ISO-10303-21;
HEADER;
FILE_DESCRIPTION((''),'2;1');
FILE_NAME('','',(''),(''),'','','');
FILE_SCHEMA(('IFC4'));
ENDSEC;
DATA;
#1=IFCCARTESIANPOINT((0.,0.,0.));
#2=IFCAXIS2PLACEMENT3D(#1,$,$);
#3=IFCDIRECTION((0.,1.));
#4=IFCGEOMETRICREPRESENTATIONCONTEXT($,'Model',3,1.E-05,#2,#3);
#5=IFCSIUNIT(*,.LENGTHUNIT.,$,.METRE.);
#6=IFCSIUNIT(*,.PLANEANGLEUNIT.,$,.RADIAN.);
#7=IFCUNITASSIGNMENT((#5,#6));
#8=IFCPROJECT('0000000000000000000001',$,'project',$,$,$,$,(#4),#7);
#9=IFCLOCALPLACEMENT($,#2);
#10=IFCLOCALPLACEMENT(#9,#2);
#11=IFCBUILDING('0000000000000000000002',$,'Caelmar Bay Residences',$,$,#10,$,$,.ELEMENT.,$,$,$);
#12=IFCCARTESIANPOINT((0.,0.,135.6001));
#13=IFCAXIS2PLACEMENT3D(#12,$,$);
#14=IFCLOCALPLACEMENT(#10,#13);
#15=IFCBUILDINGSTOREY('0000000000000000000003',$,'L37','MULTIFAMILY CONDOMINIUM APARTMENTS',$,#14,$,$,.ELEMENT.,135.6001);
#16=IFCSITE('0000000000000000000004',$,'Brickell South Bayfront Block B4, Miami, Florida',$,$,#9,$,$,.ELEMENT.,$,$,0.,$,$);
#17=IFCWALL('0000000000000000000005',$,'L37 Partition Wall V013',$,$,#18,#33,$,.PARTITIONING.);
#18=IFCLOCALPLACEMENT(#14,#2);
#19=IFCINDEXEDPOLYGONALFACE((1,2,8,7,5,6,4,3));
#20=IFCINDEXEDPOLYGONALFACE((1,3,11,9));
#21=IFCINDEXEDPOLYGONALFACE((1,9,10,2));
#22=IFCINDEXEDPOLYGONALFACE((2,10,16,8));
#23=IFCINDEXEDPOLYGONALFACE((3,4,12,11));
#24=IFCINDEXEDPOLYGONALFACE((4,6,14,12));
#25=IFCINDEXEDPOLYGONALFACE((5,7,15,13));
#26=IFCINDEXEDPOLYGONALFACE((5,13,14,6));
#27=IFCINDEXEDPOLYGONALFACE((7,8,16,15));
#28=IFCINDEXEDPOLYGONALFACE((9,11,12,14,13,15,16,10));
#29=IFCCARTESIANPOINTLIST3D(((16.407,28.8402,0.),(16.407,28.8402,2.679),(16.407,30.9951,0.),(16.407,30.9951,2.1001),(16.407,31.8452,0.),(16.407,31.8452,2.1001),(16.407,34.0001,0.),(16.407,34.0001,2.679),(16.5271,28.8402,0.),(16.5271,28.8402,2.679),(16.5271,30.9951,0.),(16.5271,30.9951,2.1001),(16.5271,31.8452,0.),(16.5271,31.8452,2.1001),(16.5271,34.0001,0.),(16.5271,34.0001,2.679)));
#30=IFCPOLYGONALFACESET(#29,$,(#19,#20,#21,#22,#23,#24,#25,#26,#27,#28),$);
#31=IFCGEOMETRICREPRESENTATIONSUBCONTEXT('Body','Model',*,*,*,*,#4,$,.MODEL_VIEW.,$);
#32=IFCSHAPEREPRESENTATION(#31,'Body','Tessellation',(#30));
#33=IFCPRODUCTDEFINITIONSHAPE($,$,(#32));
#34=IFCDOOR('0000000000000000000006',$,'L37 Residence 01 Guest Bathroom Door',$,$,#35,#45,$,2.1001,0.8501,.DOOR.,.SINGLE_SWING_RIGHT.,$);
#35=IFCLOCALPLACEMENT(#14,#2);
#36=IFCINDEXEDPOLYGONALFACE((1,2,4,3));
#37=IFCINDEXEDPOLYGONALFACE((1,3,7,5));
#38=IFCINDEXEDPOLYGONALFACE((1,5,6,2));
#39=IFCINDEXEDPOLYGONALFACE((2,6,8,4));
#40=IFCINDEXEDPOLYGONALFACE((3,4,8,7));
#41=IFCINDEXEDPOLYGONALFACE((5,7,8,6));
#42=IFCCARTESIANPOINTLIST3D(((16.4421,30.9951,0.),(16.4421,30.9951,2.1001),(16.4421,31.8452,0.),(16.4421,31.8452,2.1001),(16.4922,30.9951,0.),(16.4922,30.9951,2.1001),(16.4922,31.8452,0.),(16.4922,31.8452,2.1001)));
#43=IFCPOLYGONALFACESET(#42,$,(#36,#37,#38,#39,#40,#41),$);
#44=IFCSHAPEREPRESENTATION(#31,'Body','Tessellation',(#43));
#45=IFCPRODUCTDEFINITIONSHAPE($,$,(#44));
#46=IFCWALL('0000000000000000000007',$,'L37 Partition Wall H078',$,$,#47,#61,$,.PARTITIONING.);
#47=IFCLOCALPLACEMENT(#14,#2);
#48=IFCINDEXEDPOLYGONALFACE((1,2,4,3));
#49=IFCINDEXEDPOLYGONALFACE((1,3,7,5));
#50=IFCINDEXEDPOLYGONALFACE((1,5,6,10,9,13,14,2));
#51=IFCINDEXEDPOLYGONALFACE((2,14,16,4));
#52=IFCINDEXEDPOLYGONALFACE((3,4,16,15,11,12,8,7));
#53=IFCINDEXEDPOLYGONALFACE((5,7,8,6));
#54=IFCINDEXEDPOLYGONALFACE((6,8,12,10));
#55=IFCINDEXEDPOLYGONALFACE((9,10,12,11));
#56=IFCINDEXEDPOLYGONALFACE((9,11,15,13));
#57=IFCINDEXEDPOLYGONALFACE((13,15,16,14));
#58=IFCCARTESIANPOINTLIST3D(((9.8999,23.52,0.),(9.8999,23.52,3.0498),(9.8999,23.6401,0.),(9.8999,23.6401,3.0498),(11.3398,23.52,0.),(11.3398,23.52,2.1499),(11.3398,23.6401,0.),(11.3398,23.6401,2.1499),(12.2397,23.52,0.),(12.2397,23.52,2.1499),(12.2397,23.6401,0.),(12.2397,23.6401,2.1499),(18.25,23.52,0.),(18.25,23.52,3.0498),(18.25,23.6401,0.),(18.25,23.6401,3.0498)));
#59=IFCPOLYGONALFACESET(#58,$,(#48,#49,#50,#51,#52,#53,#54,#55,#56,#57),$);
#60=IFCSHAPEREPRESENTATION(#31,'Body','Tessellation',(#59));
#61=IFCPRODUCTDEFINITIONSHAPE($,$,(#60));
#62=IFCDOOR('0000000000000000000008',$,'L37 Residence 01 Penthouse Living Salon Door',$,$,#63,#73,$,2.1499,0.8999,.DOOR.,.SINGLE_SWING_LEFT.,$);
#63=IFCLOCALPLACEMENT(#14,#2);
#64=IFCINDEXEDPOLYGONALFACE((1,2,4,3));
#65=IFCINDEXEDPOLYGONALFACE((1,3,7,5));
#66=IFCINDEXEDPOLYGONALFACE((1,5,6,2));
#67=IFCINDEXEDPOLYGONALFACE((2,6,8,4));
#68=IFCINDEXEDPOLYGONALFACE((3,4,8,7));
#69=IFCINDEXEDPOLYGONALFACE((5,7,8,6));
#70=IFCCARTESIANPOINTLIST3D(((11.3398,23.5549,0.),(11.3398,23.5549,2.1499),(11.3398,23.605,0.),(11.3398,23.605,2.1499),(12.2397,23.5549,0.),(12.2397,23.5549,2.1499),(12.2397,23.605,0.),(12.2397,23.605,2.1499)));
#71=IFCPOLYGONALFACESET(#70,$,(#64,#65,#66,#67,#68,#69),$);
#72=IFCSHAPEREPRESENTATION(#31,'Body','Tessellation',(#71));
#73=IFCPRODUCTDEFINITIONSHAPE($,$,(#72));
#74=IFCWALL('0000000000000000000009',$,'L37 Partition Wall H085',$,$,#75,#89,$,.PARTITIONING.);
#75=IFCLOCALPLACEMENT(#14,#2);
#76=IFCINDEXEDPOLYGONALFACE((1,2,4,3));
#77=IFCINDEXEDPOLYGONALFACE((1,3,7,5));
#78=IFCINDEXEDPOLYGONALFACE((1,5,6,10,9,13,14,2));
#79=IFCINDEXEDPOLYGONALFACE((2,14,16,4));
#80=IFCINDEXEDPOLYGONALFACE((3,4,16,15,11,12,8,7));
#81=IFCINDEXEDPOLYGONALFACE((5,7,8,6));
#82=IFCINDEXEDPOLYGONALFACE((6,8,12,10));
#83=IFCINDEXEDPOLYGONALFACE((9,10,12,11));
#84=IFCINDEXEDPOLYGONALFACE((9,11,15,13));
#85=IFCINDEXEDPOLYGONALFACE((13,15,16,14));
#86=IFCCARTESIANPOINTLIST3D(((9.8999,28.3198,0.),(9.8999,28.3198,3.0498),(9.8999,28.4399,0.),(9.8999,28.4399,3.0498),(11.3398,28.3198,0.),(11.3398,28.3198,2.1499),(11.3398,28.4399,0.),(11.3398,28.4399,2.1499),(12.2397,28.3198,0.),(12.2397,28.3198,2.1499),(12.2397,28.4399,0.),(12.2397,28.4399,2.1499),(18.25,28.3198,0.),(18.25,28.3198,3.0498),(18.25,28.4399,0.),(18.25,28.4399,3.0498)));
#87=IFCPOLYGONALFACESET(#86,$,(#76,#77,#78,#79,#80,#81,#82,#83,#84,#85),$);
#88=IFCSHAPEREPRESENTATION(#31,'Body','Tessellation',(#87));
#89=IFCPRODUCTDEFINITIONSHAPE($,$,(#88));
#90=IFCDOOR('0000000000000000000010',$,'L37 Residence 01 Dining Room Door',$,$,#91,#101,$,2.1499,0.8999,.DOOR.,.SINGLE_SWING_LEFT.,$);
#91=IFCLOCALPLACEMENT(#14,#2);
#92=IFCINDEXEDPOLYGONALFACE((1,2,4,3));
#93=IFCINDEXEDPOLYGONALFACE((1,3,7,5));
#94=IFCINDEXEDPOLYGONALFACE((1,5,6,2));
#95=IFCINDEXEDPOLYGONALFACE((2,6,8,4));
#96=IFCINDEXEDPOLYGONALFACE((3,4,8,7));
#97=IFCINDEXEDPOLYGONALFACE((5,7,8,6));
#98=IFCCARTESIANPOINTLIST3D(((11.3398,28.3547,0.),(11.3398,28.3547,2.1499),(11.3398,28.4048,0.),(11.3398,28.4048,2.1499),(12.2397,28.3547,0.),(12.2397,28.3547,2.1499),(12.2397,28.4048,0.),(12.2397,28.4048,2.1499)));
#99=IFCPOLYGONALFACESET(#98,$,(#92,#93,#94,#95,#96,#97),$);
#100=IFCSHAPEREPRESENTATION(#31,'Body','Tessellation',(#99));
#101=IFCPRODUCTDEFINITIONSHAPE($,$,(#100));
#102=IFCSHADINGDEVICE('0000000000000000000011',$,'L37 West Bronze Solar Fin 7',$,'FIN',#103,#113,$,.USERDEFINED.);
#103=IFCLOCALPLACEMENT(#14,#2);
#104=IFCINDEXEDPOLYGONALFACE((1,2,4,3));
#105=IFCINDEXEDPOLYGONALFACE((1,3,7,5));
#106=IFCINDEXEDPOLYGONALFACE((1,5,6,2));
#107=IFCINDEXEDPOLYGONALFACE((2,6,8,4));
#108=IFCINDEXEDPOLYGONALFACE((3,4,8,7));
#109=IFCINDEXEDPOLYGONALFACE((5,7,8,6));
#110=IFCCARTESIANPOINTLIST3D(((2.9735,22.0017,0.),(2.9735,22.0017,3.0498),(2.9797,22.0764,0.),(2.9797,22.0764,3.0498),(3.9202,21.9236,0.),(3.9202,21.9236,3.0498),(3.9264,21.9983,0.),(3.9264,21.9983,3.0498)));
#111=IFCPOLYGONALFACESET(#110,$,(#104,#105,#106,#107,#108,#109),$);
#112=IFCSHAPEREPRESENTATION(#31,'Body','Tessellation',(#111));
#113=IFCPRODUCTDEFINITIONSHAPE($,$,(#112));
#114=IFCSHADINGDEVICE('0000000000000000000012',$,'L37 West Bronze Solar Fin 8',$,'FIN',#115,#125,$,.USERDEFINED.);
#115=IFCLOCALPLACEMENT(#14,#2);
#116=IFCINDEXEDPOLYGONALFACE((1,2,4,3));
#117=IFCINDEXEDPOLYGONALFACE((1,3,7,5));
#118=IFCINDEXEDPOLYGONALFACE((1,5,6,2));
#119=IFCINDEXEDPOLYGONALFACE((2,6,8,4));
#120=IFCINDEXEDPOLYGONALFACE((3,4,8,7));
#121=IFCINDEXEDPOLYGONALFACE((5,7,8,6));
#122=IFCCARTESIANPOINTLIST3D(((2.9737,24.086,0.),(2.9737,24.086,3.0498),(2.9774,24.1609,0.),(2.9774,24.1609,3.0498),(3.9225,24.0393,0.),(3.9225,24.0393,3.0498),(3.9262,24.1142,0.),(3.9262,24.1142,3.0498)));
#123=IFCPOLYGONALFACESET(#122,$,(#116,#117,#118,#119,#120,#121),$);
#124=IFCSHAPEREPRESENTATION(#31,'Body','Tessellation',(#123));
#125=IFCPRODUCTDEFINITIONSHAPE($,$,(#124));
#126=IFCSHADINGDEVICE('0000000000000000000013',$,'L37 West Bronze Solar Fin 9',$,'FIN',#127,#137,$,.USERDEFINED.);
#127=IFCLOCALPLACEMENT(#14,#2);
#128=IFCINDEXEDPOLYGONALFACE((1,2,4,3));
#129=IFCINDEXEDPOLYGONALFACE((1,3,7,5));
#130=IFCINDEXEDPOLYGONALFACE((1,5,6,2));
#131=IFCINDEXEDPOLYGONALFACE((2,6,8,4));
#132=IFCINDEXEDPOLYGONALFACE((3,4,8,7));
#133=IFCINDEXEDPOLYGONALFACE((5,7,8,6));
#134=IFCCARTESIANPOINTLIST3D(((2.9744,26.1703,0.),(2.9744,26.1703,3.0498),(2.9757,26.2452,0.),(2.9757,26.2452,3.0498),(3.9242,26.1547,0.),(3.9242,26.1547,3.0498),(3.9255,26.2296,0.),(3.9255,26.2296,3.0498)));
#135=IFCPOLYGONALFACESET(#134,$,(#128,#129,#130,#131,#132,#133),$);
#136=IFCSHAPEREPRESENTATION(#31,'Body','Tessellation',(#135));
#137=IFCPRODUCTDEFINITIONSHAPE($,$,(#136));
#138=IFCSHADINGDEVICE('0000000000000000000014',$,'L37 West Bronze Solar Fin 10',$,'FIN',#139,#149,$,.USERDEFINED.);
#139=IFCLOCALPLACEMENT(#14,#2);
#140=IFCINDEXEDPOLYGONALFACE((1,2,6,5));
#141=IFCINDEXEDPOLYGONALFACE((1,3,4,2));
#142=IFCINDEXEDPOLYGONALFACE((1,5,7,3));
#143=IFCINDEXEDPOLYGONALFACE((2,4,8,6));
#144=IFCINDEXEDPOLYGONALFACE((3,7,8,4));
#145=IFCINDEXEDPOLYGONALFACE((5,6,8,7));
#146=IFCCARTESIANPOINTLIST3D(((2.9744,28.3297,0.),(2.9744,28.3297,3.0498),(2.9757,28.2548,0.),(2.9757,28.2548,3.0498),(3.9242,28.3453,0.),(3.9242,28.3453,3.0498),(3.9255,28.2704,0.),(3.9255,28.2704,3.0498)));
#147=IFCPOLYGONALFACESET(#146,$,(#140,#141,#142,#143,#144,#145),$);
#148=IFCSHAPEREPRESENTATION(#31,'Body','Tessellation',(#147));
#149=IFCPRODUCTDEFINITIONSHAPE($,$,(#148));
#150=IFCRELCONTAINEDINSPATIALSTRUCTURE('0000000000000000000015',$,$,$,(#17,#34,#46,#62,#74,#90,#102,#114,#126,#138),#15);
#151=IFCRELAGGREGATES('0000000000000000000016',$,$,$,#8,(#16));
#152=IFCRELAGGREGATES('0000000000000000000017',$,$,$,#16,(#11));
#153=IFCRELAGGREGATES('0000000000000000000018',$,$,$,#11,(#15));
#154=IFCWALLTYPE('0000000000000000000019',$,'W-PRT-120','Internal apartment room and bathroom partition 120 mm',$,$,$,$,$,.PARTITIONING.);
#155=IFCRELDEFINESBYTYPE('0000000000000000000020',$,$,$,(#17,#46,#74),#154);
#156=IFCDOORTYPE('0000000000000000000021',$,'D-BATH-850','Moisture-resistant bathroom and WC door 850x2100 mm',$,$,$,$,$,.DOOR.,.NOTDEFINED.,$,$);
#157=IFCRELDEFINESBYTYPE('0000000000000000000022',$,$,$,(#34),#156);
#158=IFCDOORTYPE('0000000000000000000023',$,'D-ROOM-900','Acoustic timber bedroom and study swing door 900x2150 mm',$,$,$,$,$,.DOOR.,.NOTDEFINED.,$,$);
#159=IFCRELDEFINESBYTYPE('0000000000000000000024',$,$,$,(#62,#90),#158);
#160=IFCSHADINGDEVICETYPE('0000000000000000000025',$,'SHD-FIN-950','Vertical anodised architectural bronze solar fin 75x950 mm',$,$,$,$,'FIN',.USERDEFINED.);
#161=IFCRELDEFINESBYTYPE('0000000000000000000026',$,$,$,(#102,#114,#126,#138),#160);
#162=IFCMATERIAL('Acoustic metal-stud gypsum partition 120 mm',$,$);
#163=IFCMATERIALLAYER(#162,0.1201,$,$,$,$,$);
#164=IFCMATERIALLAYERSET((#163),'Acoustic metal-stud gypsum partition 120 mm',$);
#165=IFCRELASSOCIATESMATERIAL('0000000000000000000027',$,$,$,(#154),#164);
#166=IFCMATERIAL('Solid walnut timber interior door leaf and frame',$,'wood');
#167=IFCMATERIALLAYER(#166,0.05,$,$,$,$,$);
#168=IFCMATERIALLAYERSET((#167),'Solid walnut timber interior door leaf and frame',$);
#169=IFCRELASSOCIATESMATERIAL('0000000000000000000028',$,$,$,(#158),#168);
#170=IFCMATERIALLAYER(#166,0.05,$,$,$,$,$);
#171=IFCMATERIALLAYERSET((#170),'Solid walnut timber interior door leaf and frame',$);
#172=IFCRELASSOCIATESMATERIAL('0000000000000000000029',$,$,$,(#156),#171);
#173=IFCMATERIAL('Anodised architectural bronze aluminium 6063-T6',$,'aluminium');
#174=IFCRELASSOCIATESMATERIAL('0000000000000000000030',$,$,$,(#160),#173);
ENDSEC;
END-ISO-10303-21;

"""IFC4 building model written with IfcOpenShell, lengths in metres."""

from ifc_helpers import new_model, si_unit, direction, frame, frame_2d, origin, origin_2d, place, context, subcontext, project, spatial, rectangle, extrude, material, layer, layer_set, material_profile, profile_set, type_object, element, fill, save


model = new_model("IFC4")

# Units and contexts
model_context = context("Model", 3, precision=1e-05, world=origin(), true_north=direction((0.0, 1.0)))
body_context = subcontext(model_context, "Body", "Model", "MODEL_VIEW")
ifc_project = project(units=[si_unit("LENGTHUNIT", "METRE"), si_unit("PLANEANGLEUNIT", "RADIAN")], contexts=[model_context])

# Site, building, storey
site_placement = place(None, origin())
site = spatial("IfcSite", under=ifc_project, at=site_placement, Name="Brickell South Bayfront Block B4, Miami, Florida", CompositionType="ELEMENT", RefElevation=0.0)
building_placement = place(site_placement, origin())
building = spatial("IfcBuilding", under=site, at=building_placement, Name="Caelmar Bay Residences", CompositionType="ELEMENT")
storey_placement = place(building_placement, frame((0.0, 0.0, 135.6001)))
storey = spatial("IfcBuildingStorey", under=building, at=storey_placement, Name="L37", Description="MULTIFAMILY CONDOMINIUM APARTMENTS", CompositionType="ELEMENT", Elevation=135.6001)

# Shared definitions
ifc_material_1 = material(Name="Acoustic metal-stud gypsum partition 120 mm")
ifc_layer_1 = layer(ifc_material_1, 0.1201)
ifc_layer_set_1 = layer_set([ifc_layer_1], Name="Acoustic metal-stud gypsum partition 120 mm")
wall_type_1 = type_object("IfcWallType", Name="W-PRT-120", Description="Internal apartment room and bathroom partition 120 mm", PredefinedType="PARTITIONING", material=ifc_layer_set_1)

# Shared definitions
ifc_material_2 = material(Name="Solid walnut timber interior door leaf and frame", Category="wood")
ifc_layer_2 = layer(ifc_material_2, 0.05)
ifc_layer_set_2 = layer_set([ifc_layer_2], Name="Solid walnut timber interior door leaf and frame")
door_type_1 = type_object("IfcDoorType", Name="D-ROOM-900", Description="Acoustic timber bedroom and study swing door 900x2150 mm", OperationType="NOTDEFINED", PredefinedType="DOOR", material=ifc_layer_set_2)

# Walls, openings, doors
wall_1_placement = place(storey_placement, frame((16.467, 28.8401, 0.0), z_axis=(0.0, 0.0, 1.0), x_axis=(0.0, 1.0, 0.0)))
wall_1 = element("IfcWall", 1, at=wall_1_placement, inside=storey, type_object=wall_type_1, Name="L37 Partition Wall V013", PredefinedType="PARTITIONING", context=body_context, shape_type="SweptSolid", body=[
    extrude(rectangle(XDim=5.1599, YDim=0.1201, at=frame_2d((2.5801, 0.0))), origin(), (0.0, 0.0, 1.0), 2.679),
])
opening_1_placement = place(wall_1_placement, frame((2.155, 0.0, 0.0)))
opening_1 = element("IfcOpeningElement", 2, at=opening_1_placement, cuts=wall_1, PredefinedType="OPENING", context=body_context, shape_type="SweptSolid", body=[
    extrude(rectangle(XDim=0.8501, YDim=2.1001, at=frame_2d((0.425, 1.05))), frame((0.0, 0.0701, 0.0), z_axis=(0.0, -1.0, 0.0), x_axis=(1.0, 0.0, 0.0)), (0.0, 0.0, 1.0), 0.1401),
])
ifc_layer_3 = layer(ifc_material_2, 0.05)
ifc_layer_set_3 = layer_set([ifc_layer_3], Name="Solid walnut timber interior door leaf and frame")
door_type_2 = type_object("IfcDoorType", Name="D-BATH-850", Description="Moisture-resistant bathroom and WC door 850x2100 mm", OperationType="NOTDEFINED", PredefinedType="DOOR", material=ifc_layer_set_3)
door_1_placement = place(opening_1_placement, origin())
door_1 = element("IfcDoor", 3, at=door_1_placement, inside=storey, type_object=door_type_2, Name="L37 Residence 01 Guest Bathroom Door", OperationType="SINGLE_SWING_RIGHT", OverallHeight=2.1001, OverallWidth=0.8501, PredefinedType="DOOR", context=body_context, shape_type="SweptSolid", body=[
    extrude(rectangle(XDim=0.8501, YDim=2.1001, at=frame_2d((0.425, 1.05))), frame((0.0, 0.0249, 0.0), z_axis=(0.0, -1.0, 0.0), x_axis=(1.0, 0.0, 0.0)), (0.0, 0.0, 1.0), 0.05),
])
fill(opening_1, door_1)
wall_2_placement = place(storey_placement, frame((9.8999, 23.5801, 0.0), z_axis=(0.0, 0.0, 1.0), x_axis=(1.0, 0.0, 0.0)))
wall_2 = element("IfcWall", 4, at=wall_2_placement, inside=storey, type_object=wall_type_1, Name="L37 Partition Wall H078", PredefinedType="PARTITIONING", context=body_context, shape_type="SweptSolid", body=[
    extrude(rectangle(XDim=8.3501, YDim=0.1201, at=frame_2d((4.175, 0.0))), origin(), (0.0, 0.0, 1.0), 3.0498),
])
opening_2_placement = place(wall_2_placement, frame((1.4399, 0.0, 0.0)))
opening_2 = element("IfcOpeningElement", 5, at=opening_2_placement, cuts=wall_2, PredefinedType="OPENING", context=body_context, shape_type="SweptSolid", body=[
    extrude(rectangle(XDim=0.8999, YDim=2.1499, at=frame_2d((0.45, 1.075))), frame((0.0, 0.0701, 0.0), z_axis=(0.0, -1.0, 0.0), x_axis=(1.0, 0.0, 0.0)), (0.0, 0.0, 1.0), 0.1401),
])
door_2_placement = place(opening_2_placement, origin())
door_2 = element("IfcDoor", 6, at=door_2_placement, inside=storey, type_object=door_type_1, Name="L37 Residence 01 Penthouse Living Salon Door", OperationType="SINGLE_SWING_LEFT", OverallHeight=2.1499, OverallWidth=0.8999, PredefinedType="DOOR", context=body_context, shape_type="SweptSolid", body=[
    extrude(rectangle(XDim=0.8999, YDim=2.1499, at=frame_2d((0.45, 1.075))), frame((0.0, 0.0249, 0.0), z_axis=(0.0, -1.0, 0.0), x_axis=(1.0, 0.0, 0.0)), (0.0, 0.0, 1.0), 0.05),
])
fill(opening_2, door_2)
wall_3_placement = place(storey_placement, frame((9.8999, 28.3799, 0.0), z_axis=(0.0, 0.0, 1.0), x_axis=(1.0, 0.0, 0.0)))
wall_3 = element("IfcWall", 7, at=wall_3_placement, inside=storey, type_object=wall_type_1, Name="L37 Partition Wall H085", PredefinedType="PARTITIONING", context=body_context, shape_type="SweptSolid", body=[
    extrude(rectangle(XDim=8.3501, YDim=0.1201, at=frame_2d((4.175, 0.0))), origin(), (0.0, 0.0, 1.0), 3.0498),
])
opening_3_placement = place(wall_3_placement, frame((1.4399, 0.0, 0.0)))
opening_3 = element("IfcOpeningElement", 8, at=opening_3_placement, cuts=wall_3, PredefinedType="OPENING", context=body_context, shape_type="SweptSolid", body=[
    extrude(rectangle(XDim=0.8999, YDim=2.1499, at=frame_2d((0.45, 1.075))), frame((0.0, 0.0701, 0.0), z_axis=(0.0, -1.0, 0.0), x_axis=(1.0, 0.0, 0.0)), (0.0, 0.0, 1.0), 0.1401),
])
door_3_placement = place(opening_3_placement, origin())
door_3 = element("IfcDoor", 9, at=door_3_placement, inside=storey, type_object=door_type_1, Name="L37 Residence 01 Dining Room Door", OperationType="SINGLE_SWING_LEFT", OverallHeight=2.1499, OverallWidth=0.8999, PredefinedType="DOOR", context=body_context, shape_type="SweptSolid", body=[
    extrude(rectangle(XDim=0.8999, YDim=2.1499, at=frame_2d((0.45, 1.075))), frame((0.0, 0.0249, 0.0), z_axis=(0.0, -1.0, 0.0), x_axis=(1.0, 0.0, 0.0)), (0.0, 0.0, 1.0), 0.05),
])
fill(opening_3, door_3)

# Shading devices
ifc_material_3 = material(Name="Anodised architectural bronze aluminium 6063-T6", Category="aluminium")
ifc_material_profile_1 = material_profile(ifc_material_3, rectangle(XDim=0.075, YDim=0.95, at=origin_2d()), Name="BRONZE-FIN-75X950")
ifc_profile_set_1 = profile_set([ifc_material_profile_1], Name="Anodised architectural bronze aluminium 6063-T6")
shading_device_type = type_object("IfcShadingDeviceType", Name="SHD-FIN-950", Description="Vertical anodised architectural bronze solar fin 75x950 mm", ElementType="FIN", PredefinedType="USERDEFINED", material=ifc_profile_set_1)
for number, where, z_axis, x_axis, name in (
    (10, (3.45, 22.0, 0.0), (0.0, 0.0, 1.0), (0.082112, 0.996623, 0.0), "L37 West Bronze Solar Fin 7"),
    (11, (3.45, 24.1001, 0.0), (0.0, 0.0, 1.0), (0.049198, 0.998789, 0.0), "L37 West Bronze Solar Fin 8"),
    (12, (3.45, 26.2, 0.0), (0.0, 0.0, 1.0), (0.016405, 0.999865, 0.0), "L37 West Bronze Solar Fin 9"),
    (13, (3.45, 28.3, 0.0), (0.0, 0.0, 1.0), (-0.016405, 0.999865, 0.0), "L37 West Bronze Solar Fin 10"),
):
    element("IfcShadingDevice", number, at=place(storey_placement, frame(where, z_axis=z_axis, x_axis=x_axis)), inside=storey, type_object=shading_device_type, Name=name, ObjectType="FIN", PredefinedType="USERDEFINED", context=body_context, shape_type="SweptSolid", body=[
        extrude(rectangle(XDim=0.075, YDim=0.95, at=origin_2d()), origin(), (0.0, 0.0, 1.0), 3.0498),
    ])

save(model, "model.ifc")
